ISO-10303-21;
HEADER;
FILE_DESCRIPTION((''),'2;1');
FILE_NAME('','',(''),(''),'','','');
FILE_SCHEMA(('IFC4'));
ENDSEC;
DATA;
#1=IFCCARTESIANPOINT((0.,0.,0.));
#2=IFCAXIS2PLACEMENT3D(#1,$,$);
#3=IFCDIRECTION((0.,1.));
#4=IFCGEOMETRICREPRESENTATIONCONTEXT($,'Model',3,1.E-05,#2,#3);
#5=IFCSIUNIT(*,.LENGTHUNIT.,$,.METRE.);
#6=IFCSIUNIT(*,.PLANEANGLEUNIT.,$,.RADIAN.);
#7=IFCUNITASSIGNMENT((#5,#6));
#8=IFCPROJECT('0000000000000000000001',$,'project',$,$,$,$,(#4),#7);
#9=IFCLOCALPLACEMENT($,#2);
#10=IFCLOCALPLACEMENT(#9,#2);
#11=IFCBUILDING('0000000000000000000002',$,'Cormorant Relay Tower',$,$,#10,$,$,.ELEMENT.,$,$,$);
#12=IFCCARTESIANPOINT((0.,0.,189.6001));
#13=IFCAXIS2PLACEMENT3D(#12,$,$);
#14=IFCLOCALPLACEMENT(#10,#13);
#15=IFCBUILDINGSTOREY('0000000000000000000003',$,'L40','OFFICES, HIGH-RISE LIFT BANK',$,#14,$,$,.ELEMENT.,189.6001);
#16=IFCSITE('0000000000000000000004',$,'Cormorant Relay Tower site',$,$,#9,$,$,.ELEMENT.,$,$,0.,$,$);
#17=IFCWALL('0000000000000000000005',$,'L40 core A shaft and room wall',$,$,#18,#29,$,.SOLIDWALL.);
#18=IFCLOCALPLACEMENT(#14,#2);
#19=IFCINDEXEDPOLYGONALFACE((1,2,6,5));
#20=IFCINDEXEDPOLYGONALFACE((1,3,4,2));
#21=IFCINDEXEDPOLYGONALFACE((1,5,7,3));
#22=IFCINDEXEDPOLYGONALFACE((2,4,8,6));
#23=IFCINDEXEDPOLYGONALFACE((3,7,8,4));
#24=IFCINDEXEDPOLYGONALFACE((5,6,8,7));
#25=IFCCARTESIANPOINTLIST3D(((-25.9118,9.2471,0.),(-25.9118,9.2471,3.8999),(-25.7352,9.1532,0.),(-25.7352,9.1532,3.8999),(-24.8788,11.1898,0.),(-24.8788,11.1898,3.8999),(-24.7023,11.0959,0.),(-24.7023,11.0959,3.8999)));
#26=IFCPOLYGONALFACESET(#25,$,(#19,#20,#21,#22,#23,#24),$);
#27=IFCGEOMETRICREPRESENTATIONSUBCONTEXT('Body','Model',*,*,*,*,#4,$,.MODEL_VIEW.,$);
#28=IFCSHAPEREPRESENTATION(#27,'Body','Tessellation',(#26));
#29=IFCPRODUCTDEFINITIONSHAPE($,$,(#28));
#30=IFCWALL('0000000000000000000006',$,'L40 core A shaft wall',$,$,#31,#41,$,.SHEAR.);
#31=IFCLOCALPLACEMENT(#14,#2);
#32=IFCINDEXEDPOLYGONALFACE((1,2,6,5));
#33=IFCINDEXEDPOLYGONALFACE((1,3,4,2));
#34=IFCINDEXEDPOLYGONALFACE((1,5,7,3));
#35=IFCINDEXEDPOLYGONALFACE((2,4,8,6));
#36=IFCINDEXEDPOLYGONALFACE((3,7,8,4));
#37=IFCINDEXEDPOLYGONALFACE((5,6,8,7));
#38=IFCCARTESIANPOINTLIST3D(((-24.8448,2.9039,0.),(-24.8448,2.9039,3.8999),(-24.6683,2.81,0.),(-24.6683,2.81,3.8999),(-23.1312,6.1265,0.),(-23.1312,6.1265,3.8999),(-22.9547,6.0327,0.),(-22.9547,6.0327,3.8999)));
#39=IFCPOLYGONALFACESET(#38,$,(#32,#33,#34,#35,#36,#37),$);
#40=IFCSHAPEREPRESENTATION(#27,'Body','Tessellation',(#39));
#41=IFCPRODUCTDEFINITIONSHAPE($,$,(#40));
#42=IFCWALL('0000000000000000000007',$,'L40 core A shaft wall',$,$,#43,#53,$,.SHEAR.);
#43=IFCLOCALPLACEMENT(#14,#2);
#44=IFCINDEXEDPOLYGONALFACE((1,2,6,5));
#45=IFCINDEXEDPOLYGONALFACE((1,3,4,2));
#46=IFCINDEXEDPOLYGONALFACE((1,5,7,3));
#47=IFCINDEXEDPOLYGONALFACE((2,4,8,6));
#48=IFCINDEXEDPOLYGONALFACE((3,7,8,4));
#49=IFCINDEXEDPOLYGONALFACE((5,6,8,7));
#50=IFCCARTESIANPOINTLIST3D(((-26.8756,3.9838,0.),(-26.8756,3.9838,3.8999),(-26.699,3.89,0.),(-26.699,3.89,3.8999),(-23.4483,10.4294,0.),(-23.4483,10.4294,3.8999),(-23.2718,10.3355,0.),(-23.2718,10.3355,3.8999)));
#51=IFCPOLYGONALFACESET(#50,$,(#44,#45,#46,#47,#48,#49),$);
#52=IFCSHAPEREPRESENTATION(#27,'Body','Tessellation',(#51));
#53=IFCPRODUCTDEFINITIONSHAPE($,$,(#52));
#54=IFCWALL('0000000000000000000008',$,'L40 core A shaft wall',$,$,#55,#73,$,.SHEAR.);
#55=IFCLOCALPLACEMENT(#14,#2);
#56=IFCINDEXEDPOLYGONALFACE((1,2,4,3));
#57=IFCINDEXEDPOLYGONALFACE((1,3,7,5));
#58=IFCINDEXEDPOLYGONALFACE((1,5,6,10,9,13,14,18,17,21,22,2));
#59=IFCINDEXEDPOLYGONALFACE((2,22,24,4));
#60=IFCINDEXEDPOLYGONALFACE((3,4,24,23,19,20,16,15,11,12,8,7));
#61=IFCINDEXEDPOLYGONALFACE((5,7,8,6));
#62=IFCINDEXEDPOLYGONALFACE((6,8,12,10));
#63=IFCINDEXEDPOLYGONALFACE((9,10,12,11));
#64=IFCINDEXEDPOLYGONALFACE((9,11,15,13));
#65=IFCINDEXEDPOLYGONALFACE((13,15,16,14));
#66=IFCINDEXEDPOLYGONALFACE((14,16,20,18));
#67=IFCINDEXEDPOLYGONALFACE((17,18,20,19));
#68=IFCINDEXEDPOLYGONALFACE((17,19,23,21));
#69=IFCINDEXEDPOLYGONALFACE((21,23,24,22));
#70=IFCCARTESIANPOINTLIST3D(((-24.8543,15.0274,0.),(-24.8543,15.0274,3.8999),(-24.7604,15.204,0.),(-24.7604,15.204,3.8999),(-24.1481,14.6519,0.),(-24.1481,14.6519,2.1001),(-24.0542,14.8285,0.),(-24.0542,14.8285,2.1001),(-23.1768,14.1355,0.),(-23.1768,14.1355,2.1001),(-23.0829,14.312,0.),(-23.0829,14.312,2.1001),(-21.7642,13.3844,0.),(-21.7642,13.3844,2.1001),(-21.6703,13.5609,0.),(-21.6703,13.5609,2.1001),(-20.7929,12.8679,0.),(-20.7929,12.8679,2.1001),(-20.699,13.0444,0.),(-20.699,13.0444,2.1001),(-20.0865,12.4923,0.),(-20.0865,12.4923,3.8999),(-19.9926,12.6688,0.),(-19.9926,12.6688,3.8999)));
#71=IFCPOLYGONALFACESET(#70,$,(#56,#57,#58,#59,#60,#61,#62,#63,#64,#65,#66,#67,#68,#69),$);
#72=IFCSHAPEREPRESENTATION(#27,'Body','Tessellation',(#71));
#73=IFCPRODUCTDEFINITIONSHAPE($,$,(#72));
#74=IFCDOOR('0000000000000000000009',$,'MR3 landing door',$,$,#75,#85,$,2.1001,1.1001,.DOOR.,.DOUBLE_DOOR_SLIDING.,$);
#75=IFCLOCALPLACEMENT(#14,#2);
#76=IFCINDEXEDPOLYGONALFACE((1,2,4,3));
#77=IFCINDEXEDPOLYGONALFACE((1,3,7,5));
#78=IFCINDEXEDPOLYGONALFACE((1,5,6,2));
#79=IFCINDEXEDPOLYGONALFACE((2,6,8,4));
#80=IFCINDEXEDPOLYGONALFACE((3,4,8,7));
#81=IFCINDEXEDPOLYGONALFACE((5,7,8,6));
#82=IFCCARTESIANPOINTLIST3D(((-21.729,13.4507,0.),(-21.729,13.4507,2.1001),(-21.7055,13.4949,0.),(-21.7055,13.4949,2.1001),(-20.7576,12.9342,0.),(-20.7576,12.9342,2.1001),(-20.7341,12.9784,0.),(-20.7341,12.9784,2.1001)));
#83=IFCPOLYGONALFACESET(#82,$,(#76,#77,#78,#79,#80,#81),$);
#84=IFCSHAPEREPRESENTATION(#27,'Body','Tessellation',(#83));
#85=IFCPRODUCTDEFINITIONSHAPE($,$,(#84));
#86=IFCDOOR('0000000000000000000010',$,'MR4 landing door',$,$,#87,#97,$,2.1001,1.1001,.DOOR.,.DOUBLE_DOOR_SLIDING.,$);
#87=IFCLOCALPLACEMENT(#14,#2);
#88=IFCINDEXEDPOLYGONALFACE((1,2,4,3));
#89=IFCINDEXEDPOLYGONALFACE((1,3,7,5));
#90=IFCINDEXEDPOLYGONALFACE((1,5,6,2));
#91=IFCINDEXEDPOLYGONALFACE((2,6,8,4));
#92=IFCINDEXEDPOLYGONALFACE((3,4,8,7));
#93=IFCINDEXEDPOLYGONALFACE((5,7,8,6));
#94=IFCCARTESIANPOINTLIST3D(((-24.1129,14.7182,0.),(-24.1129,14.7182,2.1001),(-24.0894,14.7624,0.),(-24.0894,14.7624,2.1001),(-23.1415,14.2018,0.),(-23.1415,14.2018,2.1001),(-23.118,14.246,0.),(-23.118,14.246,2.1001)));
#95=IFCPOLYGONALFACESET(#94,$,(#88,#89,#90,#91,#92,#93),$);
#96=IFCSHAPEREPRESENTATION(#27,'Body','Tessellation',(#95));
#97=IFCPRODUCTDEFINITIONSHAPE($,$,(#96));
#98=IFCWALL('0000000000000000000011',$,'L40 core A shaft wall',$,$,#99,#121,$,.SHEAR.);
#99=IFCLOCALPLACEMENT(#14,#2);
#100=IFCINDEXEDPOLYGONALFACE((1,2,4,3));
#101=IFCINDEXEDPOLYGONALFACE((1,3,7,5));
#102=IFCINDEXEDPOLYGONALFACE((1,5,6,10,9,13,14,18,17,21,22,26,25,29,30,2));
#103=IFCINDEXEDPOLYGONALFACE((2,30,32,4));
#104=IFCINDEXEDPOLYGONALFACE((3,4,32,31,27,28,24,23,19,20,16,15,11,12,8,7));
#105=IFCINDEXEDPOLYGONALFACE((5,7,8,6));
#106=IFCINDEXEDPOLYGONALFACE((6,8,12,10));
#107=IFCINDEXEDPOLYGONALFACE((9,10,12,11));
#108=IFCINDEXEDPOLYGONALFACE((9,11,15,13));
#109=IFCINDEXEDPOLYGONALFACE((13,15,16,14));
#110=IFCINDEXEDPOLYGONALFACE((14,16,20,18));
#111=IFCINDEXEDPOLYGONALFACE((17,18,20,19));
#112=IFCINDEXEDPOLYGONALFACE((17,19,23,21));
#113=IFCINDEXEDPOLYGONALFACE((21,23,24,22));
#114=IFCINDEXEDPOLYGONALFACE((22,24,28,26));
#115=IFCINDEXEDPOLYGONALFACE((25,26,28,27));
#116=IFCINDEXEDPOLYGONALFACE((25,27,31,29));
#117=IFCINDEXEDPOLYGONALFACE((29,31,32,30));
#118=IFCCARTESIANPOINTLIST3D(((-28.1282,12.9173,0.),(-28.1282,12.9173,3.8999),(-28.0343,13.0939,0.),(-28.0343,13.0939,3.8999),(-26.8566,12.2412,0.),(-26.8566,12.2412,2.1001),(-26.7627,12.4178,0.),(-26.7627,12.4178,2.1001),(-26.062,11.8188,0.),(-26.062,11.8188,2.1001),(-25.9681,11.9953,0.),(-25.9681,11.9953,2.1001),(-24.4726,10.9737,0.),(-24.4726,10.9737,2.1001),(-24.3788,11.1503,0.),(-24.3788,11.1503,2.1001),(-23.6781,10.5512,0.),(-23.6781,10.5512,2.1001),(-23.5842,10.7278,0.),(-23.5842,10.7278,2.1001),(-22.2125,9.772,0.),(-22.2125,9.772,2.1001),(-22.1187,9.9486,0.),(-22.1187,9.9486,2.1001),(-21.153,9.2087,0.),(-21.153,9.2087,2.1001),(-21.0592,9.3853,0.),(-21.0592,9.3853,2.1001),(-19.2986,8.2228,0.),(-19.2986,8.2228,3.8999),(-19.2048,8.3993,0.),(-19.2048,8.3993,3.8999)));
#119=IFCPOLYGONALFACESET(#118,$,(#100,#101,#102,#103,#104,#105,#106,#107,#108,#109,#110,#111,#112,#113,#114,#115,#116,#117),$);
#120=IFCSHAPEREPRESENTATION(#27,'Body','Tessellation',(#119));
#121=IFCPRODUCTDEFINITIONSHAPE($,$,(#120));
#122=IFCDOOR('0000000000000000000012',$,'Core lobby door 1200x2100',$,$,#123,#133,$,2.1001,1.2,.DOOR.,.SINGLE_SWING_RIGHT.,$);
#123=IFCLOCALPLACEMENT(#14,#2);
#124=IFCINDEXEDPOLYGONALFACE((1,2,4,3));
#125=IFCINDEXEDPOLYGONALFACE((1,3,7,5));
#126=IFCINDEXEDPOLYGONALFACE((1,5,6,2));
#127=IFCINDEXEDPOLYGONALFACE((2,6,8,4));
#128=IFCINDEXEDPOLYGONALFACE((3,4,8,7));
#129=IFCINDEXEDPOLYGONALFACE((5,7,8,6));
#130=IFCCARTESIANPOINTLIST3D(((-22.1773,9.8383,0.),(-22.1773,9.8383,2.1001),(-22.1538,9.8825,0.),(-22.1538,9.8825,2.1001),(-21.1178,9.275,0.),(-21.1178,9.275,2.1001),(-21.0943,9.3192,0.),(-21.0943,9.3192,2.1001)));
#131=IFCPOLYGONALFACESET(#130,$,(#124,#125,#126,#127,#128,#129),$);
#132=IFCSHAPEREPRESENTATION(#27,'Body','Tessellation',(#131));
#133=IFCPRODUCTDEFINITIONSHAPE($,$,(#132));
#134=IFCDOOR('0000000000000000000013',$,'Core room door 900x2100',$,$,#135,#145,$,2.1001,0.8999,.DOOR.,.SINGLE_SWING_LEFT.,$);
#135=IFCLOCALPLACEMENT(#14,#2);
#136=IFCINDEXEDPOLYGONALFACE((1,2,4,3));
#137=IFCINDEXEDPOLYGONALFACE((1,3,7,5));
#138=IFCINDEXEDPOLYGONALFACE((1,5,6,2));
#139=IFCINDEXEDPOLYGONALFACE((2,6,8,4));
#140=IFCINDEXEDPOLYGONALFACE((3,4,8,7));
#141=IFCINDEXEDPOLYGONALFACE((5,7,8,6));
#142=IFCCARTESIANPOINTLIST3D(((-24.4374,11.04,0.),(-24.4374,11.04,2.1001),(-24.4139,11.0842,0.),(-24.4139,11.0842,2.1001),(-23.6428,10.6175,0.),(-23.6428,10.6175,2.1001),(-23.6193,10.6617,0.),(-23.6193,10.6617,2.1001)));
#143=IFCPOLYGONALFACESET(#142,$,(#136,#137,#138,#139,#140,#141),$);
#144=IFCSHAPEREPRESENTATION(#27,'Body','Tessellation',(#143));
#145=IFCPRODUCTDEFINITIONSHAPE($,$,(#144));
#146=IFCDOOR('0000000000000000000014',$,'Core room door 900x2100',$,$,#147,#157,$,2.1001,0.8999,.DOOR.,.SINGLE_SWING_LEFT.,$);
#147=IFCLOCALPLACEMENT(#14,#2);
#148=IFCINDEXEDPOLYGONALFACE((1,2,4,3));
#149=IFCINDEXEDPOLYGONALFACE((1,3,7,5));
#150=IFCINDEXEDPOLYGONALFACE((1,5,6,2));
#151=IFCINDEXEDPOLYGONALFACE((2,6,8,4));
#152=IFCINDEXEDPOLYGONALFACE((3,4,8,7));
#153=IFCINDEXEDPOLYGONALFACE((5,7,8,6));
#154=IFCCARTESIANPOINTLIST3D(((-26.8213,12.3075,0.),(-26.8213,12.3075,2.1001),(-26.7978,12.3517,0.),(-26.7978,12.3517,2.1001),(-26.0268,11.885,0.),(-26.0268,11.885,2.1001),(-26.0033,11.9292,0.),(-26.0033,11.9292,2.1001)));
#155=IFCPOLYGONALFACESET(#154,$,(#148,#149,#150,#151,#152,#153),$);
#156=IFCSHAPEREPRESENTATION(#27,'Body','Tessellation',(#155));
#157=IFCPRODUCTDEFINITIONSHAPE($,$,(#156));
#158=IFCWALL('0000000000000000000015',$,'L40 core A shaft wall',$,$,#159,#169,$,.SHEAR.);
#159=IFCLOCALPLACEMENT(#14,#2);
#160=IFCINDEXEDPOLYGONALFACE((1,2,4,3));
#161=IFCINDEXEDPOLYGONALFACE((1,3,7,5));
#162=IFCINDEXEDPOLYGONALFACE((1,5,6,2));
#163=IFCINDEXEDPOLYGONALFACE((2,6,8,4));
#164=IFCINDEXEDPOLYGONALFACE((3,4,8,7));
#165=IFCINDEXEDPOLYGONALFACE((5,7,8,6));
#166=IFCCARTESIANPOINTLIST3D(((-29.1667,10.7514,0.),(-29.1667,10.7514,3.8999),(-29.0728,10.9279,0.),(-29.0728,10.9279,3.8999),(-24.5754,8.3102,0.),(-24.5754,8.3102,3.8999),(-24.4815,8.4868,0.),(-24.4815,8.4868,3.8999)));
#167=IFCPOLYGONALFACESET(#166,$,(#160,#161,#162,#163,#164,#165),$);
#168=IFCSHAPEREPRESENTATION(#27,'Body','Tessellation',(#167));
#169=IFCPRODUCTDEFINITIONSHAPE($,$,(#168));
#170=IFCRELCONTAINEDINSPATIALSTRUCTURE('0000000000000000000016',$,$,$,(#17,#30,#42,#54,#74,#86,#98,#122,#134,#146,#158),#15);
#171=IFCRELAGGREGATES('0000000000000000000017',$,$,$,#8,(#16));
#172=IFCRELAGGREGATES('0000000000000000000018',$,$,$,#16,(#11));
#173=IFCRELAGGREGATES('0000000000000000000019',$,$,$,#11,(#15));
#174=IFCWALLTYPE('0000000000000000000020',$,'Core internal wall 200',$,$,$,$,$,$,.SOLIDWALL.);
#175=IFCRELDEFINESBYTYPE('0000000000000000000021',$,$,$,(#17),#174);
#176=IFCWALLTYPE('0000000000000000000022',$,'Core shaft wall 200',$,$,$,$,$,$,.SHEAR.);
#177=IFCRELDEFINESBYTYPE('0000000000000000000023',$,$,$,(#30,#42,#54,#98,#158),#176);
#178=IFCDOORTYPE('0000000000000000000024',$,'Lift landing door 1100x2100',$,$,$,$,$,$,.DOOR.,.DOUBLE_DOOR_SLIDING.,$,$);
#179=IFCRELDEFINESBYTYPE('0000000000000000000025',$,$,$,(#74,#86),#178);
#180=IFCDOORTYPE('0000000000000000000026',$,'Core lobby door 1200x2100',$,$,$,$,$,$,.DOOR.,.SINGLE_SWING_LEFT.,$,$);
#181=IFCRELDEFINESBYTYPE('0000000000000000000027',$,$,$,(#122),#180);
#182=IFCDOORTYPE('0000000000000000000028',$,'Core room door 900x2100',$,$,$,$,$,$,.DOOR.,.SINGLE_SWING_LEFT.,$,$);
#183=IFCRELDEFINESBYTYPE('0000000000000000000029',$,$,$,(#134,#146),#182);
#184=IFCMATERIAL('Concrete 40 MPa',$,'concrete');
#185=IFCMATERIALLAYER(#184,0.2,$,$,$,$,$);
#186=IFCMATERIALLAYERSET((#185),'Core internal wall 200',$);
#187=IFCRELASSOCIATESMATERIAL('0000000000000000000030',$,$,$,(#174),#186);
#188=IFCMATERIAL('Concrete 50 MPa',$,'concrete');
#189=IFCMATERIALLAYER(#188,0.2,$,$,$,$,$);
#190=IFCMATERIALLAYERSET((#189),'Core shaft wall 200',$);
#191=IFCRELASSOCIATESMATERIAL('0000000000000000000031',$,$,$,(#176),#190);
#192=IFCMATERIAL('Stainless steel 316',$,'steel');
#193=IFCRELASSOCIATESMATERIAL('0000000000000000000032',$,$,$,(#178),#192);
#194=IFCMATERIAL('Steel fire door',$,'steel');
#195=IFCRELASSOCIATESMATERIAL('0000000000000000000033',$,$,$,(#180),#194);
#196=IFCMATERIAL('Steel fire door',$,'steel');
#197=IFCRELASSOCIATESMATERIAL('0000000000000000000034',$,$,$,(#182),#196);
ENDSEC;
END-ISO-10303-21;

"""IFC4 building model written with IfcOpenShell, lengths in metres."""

from ifc_helpers import new_model, si_unit, direction, frame, frame_2d, origin, place, context, subcontext, project, spatial, rectangle, extrude, material, layer, layer_set, type_object, element, fill, save


model = new_model("IFC4")

# Units and contexts
model_context = context("Model", 3, precision=1e-05, world=origin(), true_north=direction((0.0, 1.0)))
body_context = subcontext(model_context, "Body", "Model", "MODEL_VIEW")
ifc_project = project(units=[si_unit("LENGTHUNIT", "METRE"), si_unit("PLANEANGLEUNIT", "RADIAN")], contexts=[model_context])

# Site, building, storey
site_placement = place(None, origin())
site = spatial("IfcSite", under=ifc_project, at=site_placement, Name="Cormorant Relay Tower site", CompositionType="ELEMENT", RefElevation=0.0)
building_placement = place(site_placement, origin())
building = spatial("IfcBuilding", under=site, at=building_placement, Name="Cormorant Relay Tower", CompositionType="ELEMENT")
storey_placement = place(building_placement, frame((0.0, 0.0, 189.6001)))
storey = spatial("IfcBuildingStorey", under=building, at=storey_placement, Name="L40", Description="OFFICES, HIGH-RISE LIFT BANK", CompositionType="ELEMENT", Elevation=189.6001)

# Walls
ifc_material_1 = material(Name="Concrete 40 MPa", Category="concrete")
ifc_layer_1 = layer(ifc_material_1, 0.2)
ifc_layer_set_1 = layer_set([ifc_layer_1], Name="Core internal wall 200")
wall_type_1 = type_object("IfcWallType", Name="Core internal wall 200", PredefinedType="SOLIDWALL", material=ifc_layer_set_1)
wall_1_placement = place(storey_placement, frame((-24.7905, 11.1428, 0.0), z_axis=(0.0, 0.0, 1.0), x_axis=(-0.469488, -0.882939, 0.0)))
element("IfcWall", 1, at=wall_1_placement, inside=storey, type_object=wall_type_1, Name="L40 core A shaft and room wall", PredefinedType="SOLIDWALL", context=body_context, shape_type="SweptSolid", body=[
    extrude(rectangle(XDim=2.2002, YDim=0.2, at=frame_2d((1.1001, 0.0))), origin(), (0.0, 0.0, 1.0), 3.8999),
])
ifc_material_2 = material(Name="Concrete 50 MPa", Category="concrete")
ifc_layer_2 = layer(ifc_material_2, 0.2)
ifc_layer_set_2 = layer_set([ifc_layer_2], Name="Core shaft wall 200")
wall_type_2 = type_object("IfcWallType", Name="Core shaft wall 200", PredefinedType="SHEAR", material=ifc_layer_set_2)
wall_2_placement = place(storey_placement, frame((-23.043, 6.0796, 0.0), z_axis=(0.0, 0.0, 1.0), x_axis=(-0.469494, -0.882936, 0.0)))
element("IfcWall", 2, at=wall_2_placement, inside=storey, type_object=wall_type_2, Name="L40 core A shaft wall", PredefinedType="SHEAR", context=body_context, shape_type="SweptSolid", body=[
    extrude(rectangle(XDim=3.6499, YDim=0.2, at=frame_2d((1.825, 0.0))), origin(), (0.0, 0.0, 1.0), 3.8999),
])
wall_3_placement = place(storey_placement, frame((-23.3601, 10.3823, 0.0), z_axis=(0.0, 0.0, 1.0), x_axis=(-0.46948, -0.882943, 0.0)))
element("IfcWall", 3, at=wall_3_placement, inside=storey, type_object=wall_type_2, Name="L40 core A shaft wall", PredefinedType="SHEAR", context=body_context, shape_type="SweptSolid", body=[
    extrude(rectangle(XDim=7.3, YDim=0.2, at=frame_2d((3.6499, 0.0))), origin(), (0.0, 0.0, 1.0), 3.8999),
])

# Walls, openings, doors
wall_4_placement = place(storey_placement, frame((-20.0396, 12.5806, 0.0), z_axis=(0.0, 0.0, 1.0), x_axis=(-0.882943, 0.46948, 0.0)))
wall_4 = element("IfcWall", 4, at=wall_4_placement, inside=storey, type_object=wall_type_2, Name="L40 core A shaft wall", PredefinedType="SHEAR", context=body_context, shape_type="SweptSolid", body=[
    extrude(rectangle(XDim=5.3999, YDim=0.2, at=frame_2d((2.7, 0.0))), origin(), (0.0, 0.0, 1.0), 3.8999),
])
opening_1_placement = place(wall_4_placement, frame((0.8, 0.0, 0.0)))
opening_1 = element("IfcOpeningElement", 5, at=opening_1_placement, cuts=wall_4, PredefinedType="OPENING", context=body_context, shape_type="SweptSolid", body=[
    extrude(rectangle(XDim=1.1001, YDim=2.1001, at=frame_2d((0.55, 1.05))), frame((0.0, 0.1099, 0.0), z_axis=(0.0, -1.0, 0.0), x_axis=(1.0, 0.0, 0.0)), (0.0, 0.0, 1.0), 0.22),
])
opening_2_placement = place(wall_4_placement, frame((3.5, 0.0, 0.0)))
opening_2 = element("IfcOpeningElement", 6, at=opening_2_placement, cuts=wall_4, PredefinedType="OPENING", context=body_context, shape_type="SweptSolid", body=[
    extrude(rectangle(XDim=1.1001, YDim=2.1001, at=frame_2d((0.55, 1.05))), frame((0.0, 0.1099, 0.0), z_axis=(0.0, -1.0, 0.0), x_axis=(1.0, 0.0, 0.0)), (0.0, 0.0, 1.0), 0.22),
])
ifc_material_3 = material(Name="Stainless steel 316", Category="steel")
door_type_1 = type_object("IfcDoorType", Name="Lift landing door 1100x2100", OperationType="DOUBLE_DOOR_SLIDING", PredefinedType="DOOR", material=ifc_material_3)
door_1_placement = place(opening_1_placement, origin())
door_1 = element("IfcDoor", 7, at=door_1_placement, inside=storey, type_object=door_type_1, Name="MR3 landing door", OperationType="DOUBLE_DOOR_SLIDING", OverallHeight=2.1001, OverallWidth=1.1001, PredefinedType="DOOR", context=body_context, shape_type="SweptSolid", body=[
    extrude(rectangle(XDim=1.1001, YDim=2.1001, at=frame_2d((0.55, 1.05))), frame((0.0, 0.0249, 0.0), z_axis=(0.0, -1.0, 0.0), x_axis=(1.0, 0.0, 0.0)), (0.0, 0.0, 1.0), 0.05),
])
fill(opening_1, door_1)
door_2_placement = place(opening_2_placement, origin())
door_2 = element("IfcDoor", 8, at=door_2_placement, inside=storey, type_object=door_type_1, Name="MR4 landing door", OperationType="DOUBLE_DOOR_SLIDING", OverallHeight=2.1001, OverallWidth=1.1001, PredefinedType="DOOR", context=body_context, shape_type="SweptSolid", body=[
    extrude(rectangle(XDim=1.1001, YDim=2.1001, at=frame_2d((0.55, 1.05))), frame((0.0, 0.0249, 0.0), z_axis=(0.0, -1.0, 0.0), x_axis=(1.0, 0.0, 0.0)), (0.0, 0.0, 1.0), 0.05),
])
fill(opening_2, door_2)
wall_5_placement = place(storey_placement, frame((-19.2517, 8.311, 0.0), z_axis=(0.0, 0.0, 1.0), x_axis=(-0.882956, 0.469456, 0.0)))
wall_5 = element("IfcWall", 9, at=wall_5_placement, inside=storey, type_object=wall_type_2, Name="L40 core A shaft wall", PredefinedType="SHEAR", context=body_context, shape_type="SweptSolid", body=[
    extrude(rectangle(XDim=10.0, YDim=0.2, at=frame_2d((5.0, 0.0))), origin(), (0.0, 0.0, 1.0), 3.8999),
])
opening_3_placement = place(wall_5_placement, frame((2.1001, 0.0, 0.0)))
opening_3 = element("IfcOpeningElement", 10, at=opening_3_placement, cuts=wall_5, PredefinedType="OPENING", context=body_context, shape_type="SweptSolid", body=[
    extrude(rectangle(XDim=1.2, YDim=2.1001, at=frame_2d((0.6001, 1.05))), frame((0.0, 0.1099, 0.0), z_axis=(0.0, -1.0, 0.0), x_axis=(1.0, 0.0, 0.0)), (0.0, 0.0, 1.0), 0.22),
])
opening_4_placement = place(wall_5_placement, frame((4.96, 0.0, 0.0)))
opening_4 = element("IfcOpeningElement", 11, at=opening_4_placement, cuts=wall_5, PredefinedType="OPENING", context=body_context, shape_type="SweptSolid", body=[
    extrude(rectangle(XDim=0.8999, YDim=2.1001, at=frame_2d((0.45, 1.05))), frame((0.0, 0.1099, 0.0), z_axis=(0.0, -1.0, 0.0), x_axis=(1.0, 0.0, 0.0)), (0.0, 0.0, 1.0), 0.22),
])
opening_5_placement = place(wall_5_placement, frame((7.6599, 0.0, 0.0)))
opening_5 = element("IfcOpeningElement", 12, at=opening_5_placement, cuts=wall_5, PredefinedType="OPENING", context=body_context, shape_type="SweptSolid", body=[
    extrude(rectangle(XDim=0.8999, YDim=2.1001, at=frame_2d((0.45, 1.05))), frame((0.0, 0.1099, 0.0), z_axis=(0.0, -1.0, 0.0), x_axis=(1.0, 0.0, 0.0)), (0.0, 0.0, 1.0), 0.22),
])
ifc_material_4 = material(Name="Steel fire door", Category="steel")
door_type_2 = type_object("IfcDoorType", Name="Core lobby door 1200x2100", OperationType="SINGLE_SWING_LEFT", PredefinedType="DOOR", material=ifc_material_4)
door_3_placement = place(opening_3_placement, origin())
door_3 = element("IfcDoor", 13, at=door_3_placement, inside=storey, type_object=door_type_2, Name="Core lobby door 1200x2100", OperationType="SINGLE_SWING_RIGHT", OverallHeight=2.1001, OverallWidth=1.2, PredefinedType="DOOR", context=body_context, shape_type="SweptSolid", body=[
    extrude(rectangle(XDim=1.2, YDim=2.1001, at=frame_2d((0.6001, 1.05))), frame((0.0, 0.0249, 0.0), z_axis=(0.0, -1.0, 0.0), x_axis=(1.0, 0.0, 0.0)), (0.0, 0.0, 1.0), 0.05),
])
fill(opening_3, door_3)
ifc_material_5 = material(Name="Steel fire door", Category="steel")
door_type_3 = type_object("IfcDoorType", Name="Core room door 900x2100", OperationType="SINGLE_SWING_LEFT", PredefinedType="DOOR", material=ifc_material_5)
door_4_placement = place(opening_4_placement, origin())
door_4 = element("IfcDoor", 14, at=door_4_placement, inside=storey, type_object=door_type_3, Name="Core room door 900x2100", OperationType="SINGLE_SWING_LEFT", OverallHeight=2.1001, OverallWidth=0.8999, PredefinedType="DOOR", context=body_context, shape_type="SweptSolid", body=[
    extrude(rectangle(XDim=0.8999, YDim=2.1001, at=frame_2d((0.45, 1.05))), frame((0.0, 0.0249, 0.0), z_axis=(0.0, -1.0, 0.0), x_axis=(1.0, 0.0, 0.0)), (0.0, 0.0, 1.0), 0.05),
])
fill(opening_4, door_4)
door_5_placement = place(opening_5_placement, origin())
door_5 = element("IfcDoor", 15, at=door_5_placement, inside=storey, type_object=door_type_3, Name="Core room door 900x2100", OperationType="SINGLE_SWING_LEFT", OverallHeight=2.1001, OverallWidth=0.8999, PredefinedType="DOOR", context=body_context, shape_type="SweptSolid", body=[
    extrude(rectangle(XDim=0.8999, YDim=2.1001, at=frame_2d((0.45, 1.05))), frame((0.0, 0.0249, 0.0), z_axis=(0.0, -1.0, 0.0), x_axis=(1.0, 0.0, 0.0)), (0.0, 0.0, 1.0), 0.05),
])
fill(opening_5, door_5)

# Wall
wall_6_placement = place(storey_placement, frame((-24.5283, 8.3984, 0.0), z_axis=(0.0, 0.0, 1.0), x_axis=(-0.882954, 0.46946, 0.0)))
element("IfcWall", 16, at=wall_6_placement, inside=storey, type_object=wall_type_2, Name="L40 core A shaft wall", PredefinedType="SHEAR", context=body_context, shape_type="SweptSolid", body=[
    extrude(rectangle(XDim=5.2, YDim=0.2, at=frame_2d((2.6001, 0.0))), origin(), (0.0, 0.0, 1.0), 3.8999),
])

save(model, "model.ifc")
